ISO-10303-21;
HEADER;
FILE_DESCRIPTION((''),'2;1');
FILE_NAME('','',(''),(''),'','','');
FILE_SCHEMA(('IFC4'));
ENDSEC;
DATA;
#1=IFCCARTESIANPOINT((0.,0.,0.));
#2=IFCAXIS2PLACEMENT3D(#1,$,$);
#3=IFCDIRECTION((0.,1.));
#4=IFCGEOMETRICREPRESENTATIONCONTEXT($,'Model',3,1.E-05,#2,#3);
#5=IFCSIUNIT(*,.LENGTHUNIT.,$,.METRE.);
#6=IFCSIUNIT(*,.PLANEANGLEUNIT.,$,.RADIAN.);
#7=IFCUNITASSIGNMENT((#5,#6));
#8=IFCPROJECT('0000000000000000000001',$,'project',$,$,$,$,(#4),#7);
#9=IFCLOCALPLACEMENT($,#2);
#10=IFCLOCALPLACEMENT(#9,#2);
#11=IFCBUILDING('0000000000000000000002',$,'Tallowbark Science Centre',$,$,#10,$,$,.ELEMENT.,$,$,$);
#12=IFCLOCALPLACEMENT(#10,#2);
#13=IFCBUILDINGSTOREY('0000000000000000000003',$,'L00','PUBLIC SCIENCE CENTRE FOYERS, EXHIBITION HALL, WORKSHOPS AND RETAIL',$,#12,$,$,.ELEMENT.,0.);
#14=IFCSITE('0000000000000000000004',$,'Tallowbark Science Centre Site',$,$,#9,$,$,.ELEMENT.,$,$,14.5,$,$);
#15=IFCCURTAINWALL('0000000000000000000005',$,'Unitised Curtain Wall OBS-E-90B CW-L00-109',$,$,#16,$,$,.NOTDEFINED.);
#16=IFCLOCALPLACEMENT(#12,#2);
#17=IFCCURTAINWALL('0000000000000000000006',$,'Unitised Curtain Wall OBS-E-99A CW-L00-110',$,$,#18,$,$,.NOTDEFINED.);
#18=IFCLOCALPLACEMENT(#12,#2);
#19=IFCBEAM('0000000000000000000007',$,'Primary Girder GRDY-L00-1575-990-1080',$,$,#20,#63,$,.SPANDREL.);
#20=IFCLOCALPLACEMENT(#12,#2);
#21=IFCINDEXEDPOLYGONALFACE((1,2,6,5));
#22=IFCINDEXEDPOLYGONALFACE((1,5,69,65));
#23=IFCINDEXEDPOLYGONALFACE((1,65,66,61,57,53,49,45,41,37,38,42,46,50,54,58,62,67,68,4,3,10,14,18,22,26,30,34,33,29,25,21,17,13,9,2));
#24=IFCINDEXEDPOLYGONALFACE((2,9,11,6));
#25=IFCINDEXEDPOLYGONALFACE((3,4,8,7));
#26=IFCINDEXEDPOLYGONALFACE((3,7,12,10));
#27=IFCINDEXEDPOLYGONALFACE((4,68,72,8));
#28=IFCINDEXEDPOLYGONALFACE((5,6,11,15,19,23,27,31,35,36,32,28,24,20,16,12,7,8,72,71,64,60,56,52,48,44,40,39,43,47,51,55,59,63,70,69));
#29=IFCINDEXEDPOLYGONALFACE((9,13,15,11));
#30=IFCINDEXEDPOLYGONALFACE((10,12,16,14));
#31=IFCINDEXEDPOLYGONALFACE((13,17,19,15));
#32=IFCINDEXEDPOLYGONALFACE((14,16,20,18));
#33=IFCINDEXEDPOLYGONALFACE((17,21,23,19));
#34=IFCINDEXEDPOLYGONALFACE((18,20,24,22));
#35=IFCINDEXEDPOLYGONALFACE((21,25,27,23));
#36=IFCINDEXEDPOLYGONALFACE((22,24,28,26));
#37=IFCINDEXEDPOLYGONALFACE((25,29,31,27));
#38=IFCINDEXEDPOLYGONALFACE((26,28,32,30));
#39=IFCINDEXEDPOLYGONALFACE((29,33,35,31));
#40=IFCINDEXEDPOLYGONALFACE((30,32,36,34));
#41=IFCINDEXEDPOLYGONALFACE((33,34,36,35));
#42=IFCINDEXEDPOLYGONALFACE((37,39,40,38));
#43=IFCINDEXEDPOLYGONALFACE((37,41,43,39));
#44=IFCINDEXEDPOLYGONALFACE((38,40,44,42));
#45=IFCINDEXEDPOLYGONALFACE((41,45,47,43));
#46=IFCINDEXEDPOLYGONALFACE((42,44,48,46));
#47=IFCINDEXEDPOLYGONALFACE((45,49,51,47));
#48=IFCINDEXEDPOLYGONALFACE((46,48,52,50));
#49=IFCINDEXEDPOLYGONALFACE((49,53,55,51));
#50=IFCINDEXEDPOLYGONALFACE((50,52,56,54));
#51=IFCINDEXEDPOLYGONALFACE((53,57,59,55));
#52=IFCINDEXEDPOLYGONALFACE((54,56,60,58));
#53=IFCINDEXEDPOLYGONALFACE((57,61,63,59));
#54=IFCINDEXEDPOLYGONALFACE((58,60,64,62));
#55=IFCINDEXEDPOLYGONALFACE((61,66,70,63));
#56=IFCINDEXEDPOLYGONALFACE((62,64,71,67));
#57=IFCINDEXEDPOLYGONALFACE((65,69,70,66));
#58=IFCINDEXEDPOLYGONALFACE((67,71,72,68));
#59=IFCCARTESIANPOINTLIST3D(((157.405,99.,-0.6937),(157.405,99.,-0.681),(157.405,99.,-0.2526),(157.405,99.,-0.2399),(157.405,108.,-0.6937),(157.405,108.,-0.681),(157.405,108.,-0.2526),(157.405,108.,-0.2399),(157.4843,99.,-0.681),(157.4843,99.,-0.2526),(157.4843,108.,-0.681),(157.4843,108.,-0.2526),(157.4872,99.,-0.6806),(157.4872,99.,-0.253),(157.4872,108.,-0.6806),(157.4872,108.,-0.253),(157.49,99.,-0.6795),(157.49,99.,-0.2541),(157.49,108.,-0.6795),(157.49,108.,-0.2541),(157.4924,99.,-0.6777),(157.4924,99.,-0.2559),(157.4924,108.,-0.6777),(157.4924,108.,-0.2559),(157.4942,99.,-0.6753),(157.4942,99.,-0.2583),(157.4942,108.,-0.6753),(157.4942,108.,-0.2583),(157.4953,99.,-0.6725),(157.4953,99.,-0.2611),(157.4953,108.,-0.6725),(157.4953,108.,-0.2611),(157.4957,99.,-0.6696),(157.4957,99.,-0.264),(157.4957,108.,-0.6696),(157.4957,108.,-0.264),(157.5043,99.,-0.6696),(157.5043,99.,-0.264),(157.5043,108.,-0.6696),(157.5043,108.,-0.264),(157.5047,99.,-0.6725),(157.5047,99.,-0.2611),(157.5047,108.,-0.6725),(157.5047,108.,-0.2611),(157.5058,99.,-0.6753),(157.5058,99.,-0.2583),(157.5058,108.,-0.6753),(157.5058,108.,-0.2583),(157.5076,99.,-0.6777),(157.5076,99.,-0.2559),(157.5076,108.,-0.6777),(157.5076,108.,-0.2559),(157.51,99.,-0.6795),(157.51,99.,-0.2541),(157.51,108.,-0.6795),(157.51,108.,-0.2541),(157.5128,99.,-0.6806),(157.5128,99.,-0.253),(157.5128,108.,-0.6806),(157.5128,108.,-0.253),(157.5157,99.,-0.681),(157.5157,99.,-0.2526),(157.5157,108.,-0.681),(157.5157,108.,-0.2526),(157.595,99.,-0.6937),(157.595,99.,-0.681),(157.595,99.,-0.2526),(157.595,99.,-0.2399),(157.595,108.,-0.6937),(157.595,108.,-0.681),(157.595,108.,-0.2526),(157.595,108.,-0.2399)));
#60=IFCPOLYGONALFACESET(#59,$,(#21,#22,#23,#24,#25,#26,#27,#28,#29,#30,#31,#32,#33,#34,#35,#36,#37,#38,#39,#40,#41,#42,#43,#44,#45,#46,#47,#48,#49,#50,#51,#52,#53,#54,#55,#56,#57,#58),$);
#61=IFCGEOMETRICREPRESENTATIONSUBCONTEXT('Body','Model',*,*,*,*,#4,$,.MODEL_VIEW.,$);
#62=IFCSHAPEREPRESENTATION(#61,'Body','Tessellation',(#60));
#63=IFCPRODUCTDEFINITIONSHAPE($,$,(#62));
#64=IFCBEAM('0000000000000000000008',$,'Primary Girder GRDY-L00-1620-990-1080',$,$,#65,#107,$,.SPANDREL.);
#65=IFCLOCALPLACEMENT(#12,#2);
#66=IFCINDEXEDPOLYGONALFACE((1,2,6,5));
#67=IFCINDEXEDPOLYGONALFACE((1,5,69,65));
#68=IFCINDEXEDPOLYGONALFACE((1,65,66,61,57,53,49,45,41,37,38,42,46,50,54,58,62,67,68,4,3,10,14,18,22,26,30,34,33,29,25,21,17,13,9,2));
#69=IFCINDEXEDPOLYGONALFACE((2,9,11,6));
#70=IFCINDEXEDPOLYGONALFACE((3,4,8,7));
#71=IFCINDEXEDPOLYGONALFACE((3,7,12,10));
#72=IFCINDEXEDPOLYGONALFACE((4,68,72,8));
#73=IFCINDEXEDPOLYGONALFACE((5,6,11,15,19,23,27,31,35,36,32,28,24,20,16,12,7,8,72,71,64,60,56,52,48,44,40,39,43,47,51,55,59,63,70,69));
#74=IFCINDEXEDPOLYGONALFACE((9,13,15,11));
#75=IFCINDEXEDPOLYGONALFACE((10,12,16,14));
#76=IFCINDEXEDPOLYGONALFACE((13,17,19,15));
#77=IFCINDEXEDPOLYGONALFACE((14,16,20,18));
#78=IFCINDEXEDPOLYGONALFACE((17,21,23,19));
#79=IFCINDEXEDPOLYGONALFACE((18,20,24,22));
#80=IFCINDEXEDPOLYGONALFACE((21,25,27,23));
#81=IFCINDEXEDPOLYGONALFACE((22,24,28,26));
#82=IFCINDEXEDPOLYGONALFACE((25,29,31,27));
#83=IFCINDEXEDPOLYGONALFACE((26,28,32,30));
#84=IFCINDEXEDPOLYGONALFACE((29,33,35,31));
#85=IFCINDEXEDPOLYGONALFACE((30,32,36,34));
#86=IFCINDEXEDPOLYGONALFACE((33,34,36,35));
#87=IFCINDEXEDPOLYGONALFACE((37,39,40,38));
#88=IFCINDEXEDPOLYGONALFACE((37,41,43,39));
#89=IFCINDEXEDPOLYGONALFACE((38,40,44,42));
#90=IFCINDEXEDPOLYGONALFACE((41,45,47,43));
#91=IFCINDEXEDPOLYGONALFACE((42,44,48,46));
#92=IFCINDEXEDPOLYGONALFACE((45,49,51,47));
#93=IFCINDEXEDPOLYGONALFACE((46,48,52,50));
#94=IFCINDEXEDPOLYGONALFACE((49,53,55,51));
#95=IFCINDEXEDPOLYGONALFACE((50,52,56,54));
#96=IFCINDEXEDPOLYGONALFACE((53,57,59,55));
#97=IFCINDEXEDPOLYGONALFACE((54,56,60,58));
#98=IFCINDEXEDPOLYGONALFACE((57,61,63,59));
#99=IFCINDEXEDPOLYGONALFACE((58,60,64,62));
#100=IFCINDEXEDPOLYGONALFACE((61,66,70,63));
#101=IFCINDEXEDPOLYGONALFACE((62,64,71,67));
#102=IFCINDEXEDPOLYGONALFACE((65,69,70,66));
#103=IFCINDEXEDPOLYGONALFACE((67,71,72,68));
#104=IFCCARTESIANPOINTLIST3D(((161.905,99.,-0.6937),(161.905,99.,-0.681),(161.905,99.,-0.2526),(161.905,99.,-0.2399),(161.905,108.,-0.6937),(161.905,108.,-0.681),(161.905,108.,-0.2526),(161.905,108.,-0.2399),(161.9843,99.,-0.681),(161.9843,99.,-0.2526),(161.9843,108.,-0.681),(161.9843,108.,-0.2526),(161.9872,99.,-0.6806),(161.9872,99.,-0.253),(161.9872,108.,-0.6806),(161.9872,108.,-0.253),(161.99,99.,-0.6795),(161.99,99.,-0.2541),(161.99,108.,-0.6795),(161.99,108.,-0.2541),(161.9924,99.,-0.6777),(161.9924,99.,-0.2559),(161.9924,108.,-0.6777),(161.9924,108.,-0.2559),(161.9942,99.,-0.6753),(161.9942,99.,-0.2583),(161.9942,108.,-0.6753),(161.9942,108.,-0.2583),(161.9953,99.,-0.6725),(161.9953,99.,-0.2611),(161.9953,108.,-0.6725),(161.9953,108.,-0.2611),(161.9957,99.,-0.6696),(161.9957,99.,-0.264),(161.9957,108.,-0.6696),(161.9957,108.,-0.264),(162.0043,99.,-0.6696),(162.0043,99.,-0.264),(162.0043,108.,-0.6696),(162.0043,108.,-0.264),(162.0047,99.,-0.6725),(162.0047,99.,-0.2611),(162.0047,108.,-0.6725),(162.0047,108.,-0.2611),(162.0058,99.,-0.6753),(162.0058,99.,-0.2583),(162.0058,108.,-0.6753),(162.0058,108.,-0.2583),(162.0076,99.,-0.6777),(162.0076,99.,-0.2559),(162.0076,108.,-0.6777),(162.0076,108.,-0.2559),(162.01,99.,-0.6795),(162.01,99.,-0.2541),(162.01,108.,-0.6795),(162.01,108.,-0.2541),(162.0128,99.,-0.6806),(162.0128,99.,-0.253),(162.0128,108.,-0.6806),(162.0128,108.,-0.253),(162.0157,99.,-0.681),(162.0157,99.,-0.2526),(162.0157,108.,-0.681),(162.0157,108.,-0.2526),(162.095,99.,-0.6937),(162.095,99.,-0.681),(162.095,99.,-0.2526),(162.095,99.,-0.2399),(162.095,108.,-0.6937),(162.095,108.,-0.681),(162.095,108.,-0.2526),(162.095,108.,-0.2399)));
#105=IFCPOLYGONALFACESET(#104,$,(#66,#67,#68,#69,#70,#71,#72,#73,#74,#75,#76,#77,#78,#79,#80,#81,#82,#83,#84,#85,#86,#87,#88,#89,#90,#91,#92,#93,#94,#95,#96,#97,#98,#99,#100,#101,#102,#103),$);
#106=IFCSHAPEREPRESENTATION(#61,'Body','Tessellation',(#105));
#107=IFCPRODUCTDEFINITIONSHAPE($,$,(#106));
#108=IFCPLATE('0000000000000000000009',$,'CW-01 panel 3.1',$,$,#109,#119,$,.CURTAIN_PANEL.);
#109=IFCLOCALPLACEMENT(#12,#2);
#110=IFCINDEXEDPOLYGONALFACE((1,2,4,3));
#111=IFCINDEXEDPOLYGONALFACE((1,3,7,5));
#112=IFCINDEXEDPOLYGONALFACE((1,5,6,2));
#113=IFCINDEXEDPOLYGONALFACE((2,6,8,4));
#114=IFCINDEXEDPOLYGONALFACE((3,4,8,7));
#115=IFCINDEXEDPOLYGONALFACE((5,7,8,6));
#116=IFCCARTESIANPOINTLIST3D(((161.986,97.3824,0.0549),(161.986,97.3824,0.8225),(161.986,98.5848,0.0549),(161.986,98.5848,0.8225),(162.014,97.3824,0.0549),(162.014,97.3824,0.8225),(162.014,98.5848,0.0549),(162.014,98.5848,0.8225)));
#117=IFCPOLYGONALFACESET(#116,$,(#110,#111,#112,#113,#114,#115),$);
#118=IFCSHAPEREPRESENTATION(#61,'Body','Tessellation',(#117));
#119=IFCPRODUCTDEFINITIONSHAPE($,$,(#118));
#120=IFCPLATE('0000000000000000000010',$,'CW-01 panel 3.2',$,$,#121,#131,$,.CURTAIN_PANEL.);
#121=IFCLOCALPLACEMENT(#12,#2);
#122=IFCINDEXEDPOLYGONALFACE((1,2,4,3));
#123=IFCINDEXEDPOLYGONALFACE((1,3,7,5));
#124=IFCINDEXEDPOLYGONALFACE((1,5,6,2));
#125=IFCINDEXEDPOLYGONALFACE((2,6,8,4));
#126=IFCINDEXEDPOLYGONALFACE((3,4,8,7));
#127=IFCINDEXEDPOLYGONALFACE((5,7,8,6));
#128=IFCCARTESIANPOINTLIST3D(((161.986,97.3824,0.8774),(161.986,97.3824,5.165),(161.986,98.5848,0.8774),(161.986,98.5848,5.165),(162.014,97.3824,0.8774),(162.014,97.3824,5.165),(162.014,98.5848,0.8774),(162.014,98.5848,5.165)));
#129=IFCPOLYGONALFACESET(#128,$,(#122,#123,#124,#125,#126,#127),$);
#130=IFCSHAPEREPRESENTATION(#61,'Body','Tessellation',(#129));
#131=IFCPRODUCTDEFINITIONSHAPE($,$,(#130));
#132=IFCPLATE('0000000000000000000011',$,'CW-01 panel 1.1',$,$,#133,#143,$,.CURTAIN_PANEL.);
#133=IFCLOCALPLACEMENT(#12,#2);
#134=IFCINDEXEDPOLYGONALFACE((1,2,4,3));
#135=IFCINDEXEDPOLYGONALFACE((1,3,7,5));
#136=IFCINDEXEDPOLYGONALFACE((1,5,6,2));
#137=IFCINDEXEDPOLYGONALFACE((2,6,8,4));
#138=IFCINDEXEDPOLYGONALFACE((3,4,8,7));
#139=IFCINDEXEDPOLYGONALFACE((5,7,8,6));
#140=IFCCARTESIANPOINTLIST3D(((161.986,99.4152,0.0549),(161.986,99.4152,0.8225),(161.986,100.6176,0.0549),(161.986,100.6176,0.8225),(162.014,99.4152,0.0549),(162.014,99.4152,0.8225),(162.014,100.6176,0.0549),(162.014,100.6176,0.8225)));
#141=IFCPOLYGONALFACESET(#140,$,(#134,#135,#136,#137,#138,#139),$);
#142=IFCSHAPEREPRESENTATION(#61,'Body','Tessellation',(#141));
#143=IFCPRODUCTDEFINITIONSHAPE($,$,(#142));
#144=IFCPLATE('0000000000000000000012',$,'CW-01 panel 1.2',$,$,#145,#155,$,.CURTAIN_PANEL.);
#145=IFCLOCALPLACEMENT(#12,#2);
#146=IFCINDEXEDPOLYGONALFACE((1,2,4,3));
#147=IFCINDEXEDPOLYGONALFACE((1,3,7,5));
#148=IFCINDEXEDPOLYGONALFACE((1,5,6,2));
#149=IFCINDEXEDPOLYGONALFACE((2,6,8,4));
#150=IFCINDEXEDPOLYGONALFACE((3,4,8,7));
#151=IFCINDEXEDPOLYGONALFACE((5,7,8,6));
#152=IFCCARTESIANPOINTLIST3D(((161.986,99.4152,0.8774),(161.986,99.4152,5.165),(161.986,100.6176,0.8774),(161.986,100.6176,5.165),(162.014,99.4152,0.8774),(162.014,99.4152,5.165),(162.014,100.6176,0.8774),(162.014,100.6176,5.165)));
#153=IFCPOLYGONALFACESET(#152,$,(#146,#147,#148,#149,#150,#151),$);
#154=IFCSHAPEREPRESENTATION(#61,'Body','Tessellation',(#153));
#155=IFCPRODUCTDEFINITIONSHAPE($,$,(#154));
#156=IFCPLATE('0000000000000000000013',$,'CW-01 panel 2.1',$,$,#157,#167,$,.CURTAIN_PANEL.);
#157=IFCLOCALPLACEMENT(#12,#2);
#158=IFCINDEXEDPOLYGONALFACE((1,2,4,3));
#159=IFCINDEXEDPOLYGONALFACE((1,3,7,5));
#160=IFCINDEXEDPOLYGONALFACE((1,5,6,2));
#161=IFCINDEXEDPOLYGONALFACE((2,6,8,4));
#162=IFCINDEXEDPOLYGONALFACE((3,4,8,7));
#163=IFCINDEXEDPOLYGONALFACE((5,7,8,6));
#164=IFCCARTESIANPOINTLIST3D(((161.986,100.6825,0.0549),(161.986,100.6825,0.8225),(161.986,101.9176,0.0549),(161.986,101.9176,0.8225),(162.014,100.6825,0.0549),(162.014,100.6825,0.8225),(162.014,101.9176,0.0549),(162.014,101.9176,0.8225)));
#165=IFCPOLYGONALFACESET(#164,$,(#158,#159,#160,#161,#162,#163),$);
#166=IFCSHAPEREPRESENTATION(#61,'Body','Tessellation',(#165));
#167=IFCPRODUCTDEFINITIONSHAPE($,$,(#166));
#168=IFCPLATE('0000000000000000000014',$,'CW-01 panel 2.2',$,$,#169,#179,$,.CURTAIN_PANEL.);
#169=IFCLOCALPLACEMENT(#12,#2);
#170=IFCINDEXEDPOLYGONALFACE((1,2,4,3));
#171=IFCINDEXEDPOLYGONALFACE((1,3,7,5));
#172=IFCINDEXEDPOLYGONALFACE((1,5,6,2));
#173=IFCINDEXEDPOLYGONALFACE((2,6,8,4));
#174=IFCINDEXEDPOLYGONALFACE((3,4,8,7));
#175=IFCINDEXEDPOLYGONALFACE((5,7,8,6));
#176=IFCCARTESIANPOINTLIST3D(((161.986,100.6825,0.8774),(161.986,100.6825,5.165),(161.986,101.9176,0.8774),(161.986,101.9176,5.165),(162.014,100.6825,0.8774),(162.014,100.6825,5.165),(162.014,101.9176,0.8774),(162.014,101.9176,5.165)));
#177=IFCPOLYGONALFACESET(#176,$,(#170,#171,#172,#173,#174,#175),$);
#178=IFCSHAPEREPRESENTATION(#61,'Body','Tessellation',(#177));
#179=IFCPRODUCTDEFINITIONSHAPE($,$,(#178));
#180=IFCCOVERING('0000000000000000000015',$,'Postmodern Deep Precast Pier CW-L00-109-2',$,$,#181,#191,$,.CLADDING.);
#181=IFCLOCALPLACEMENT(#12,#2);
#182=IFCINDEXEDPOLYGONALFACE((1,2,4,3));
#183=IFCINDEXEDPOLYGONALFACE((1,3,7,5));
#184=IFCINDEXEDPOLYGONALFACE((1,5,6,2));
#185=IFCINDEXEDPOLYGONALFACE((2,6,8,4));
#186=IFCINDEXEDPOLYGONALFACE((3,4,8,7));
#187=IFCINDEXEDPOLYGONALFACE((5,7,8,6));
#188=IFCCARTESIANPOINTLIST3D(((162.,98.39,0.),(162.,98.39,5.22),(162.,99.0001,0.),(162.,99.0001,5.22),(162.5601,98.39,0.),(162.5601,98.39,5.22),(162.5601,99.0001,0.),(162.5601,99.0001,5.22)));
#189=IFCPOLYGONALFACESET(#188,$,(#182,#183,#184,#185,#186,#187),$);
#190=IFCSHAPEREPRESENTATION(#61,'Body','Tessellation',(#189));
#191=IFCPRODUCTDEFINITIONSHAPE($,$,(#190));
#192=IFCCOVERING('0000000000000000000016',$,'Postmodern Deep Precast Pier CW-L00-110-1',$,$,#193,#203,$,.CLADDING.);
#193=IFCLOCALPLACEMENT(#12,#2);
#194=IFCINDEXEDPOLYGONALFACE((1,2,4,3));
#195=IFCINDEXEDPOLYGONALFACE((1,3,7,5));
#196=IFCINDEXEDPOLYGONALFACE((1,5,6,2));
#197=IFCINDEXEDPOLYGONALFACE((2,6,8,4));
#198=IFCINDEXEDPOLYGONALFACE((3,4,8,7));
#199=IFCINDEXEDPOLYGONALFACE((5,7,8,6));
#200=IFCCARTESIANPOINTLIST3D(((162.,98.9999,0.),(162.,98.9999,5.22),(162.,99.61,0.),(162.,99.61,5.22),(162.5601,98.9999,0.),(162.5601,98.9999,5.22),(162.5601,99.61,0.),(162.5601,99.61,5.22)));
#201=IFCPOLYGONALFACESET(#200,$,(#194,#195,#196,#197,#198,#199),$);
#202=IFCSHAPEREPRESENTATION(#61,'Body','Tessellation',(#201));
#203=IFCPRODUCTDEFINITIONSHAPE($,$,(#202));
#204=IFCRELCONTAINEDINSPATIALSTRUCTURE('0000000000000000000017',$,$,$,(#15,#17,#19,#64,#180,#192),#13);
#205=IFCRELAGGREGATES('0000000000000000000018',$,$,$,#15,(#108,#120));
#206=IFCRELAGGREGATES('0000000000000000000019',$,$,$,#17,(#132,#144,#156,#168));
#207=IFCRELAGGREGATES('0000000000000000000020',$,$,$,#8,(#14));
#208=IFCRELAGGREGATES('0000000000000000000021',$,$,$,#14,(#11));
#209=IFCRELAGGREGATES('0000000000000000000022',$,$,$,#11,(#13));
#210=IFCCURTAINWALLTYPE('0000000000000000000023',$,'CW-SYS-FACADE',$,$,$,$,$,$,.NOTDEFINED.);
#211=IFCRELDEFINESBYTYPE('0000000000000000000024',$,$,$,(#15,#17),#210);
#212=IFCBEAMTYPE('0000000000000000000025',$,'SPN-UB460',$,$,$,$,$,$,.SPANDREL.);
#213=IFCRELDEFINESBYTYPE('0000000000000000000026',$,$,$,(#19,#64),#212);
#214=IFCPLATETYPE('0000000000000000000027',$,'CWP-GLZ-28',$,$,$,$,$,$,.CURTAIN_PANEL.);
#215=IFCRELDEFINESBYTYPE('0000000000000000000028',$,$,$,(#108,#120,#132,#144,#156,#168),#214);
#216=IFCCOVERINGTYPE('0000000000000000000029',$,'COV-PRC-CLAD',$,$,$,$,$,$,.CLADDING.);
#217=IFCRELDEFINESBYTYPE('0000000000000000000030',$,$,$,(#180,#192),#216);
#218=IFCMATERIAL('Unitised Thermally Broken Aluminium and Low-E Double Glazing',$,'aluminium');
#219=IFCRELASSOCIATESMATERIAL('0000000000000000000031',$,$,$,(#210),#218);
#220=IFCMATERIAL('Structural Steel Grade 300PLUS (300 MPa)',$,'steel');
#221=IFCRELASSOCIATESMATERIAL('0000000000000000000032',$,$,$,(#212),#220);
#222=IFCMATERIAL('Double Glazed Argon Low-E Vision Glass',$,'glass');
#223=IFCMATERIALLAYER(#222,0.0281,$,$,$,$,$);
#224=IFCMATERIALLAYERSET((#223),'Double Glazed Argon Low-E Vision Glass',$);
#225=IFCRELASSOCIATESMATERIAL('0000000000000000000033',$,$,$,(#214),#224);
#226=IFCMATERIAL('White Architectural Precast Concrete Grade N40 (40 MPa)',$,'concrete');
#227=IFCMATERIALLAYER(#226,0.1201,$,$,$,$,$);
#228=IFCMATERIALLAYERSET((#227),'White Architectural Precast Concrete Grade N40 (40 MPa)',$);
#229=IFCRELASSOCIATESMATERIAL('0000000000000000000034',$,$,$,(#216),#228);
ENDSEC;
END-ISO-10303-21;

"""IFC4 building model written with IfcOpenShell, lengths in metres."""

from ifc_helpers import new_model, si_unit, direction, frame, origin, origin_2d, place, context, subcontext, project, spatial, rectangle, i_section, extrude, material, layer, layer_set, material_profile, profile_set, type_object, element, aggregate, save


model = new_model("IFC4")

# Units and contexts
model_context = context("Model", 3, precision=1e-05, world=origin(), true_north=direction((0.0, 1.0)))
body_context = subcontext(model_context, "Body", "Model", "MODEL_VIEW")
ifc_project = project(units=[si_unit("LENGTHUNIT", "METRE"), si_unit("PLANEANGLEUNIT", "RADIAN")], contexts=[model_context])

# Site, building, storey
site_placement = place(None, origin())
site = spatial("IfcSite", under=ifc_project, at=site_placement, Name="Tallowbark Science Centre Site", CompositionType="ELEMENT", RefElevation=14.5)
building_placement = place(site_placement, origin())
building = spatial("IfcBuilding", under=site, at=building_placement, Name="Tallowbark Science Centre", CompositionType="ELEMENT")
storey_placement = place(building_placement, origin())
storey = spatial("IfcBuildingStorey", under=building, at=storey_placement, Name="L00", Description="PUBLIC SCIENCE CENTRE FOYERS, EXHIBITION HALL, WORKSHOPS AND RETAIL", CompositionType="ELEMENT", Elevation=0.0)

# Shared definitions
ifc_material_1 = material(Name="Structural Steel Grade 300PLUS (300 MPa)", Category="steel")

# Curtain walls
ifc_material_2 = material(Name="Unitised Thermally Broken Aluminium and Low-E Double Glazing", Category="aluminium")
curtain_wall_type = type_object("IfcCurtainWallType", Name="CW-SYS-FACADE", PredefinedType="NOTDEFINED", material=ifc_material_2)
curtain_wall_1_placement = place(storey_placement, origin())
curtain_wall_1 = element("IfcCurtainWall", 1, at=curtain_wall_1_placement, inside=storey, type_object=curtain_wall_type, Name="Unitised Curtain Wall OBS-E-90B CW-L00-109", PredefinedType="NOTDEFINED")
curtain_wall_2_placement = place(storey_placement, origin())
curtain_wall_2 = element("IfcCurtainWall", 2, at=curtain_wall_2_placement, inside=storey, type_object=curtain_wall_type, Name="Unitised Curtain Wall OBS-E-99A CW-L00-110", PredefinedType="NOTDEFINED")

# Beams
ifc_material_profile_1 = material_profile(ifc_material_1, i_section(OverallWidth=0.1899, OverallDepth=0.4539, WebThickness=0.0085, FlangeThickness=0.0127, FilletRadius=0.0115, at=origin_2d()), Name="460UB67.1")
ifc_profile_set_1 = profile_set([ifc_material_profile_1], Name="Structural Steel Grade 300PLUS (300 MPa)")
beam_type_1 = type_object("IfcBeamType", Name="SPN-UB460", PredefinedType="SPANDREL", material=ifc_profile_set_1)
for number, where, z_axis, x_axis, name in (
    (3, (157.5, 99.0, -0.4668), (0.0, 1.0, 0.0), (-1.0, 0.0, 0.0), "Primary Girder GRDY-L00-1575-990-1080"),
    (4, (162.0, 99.0, -0.4668), (0.0, 1.0, 0.0), (-1.0, 0.0, 0.0), "Primary Girder GRDY-L00-1620-990-1080"),
):
    element("IfcBeam", number, at=place(storey_placement, frame(where, z_axis=z_axis, x_axis=x_axis)), inside=storey, type_object=beam_type_1, Name=name, PredefinedType="SPANDREL", context=body_context, shape_type="SweptSolid", body=[
        extrude(i_section(OverallWidth=0.1899, OverallDepth=0.4539, WebThickness=0.0085, FlangeThickness=0.0127, FilletRadius=0.0115, at=origin_2d()), origin(), (0.0, 0.0, 1.0), 9.0),
    ])

# Plates
ifc_material_3 = material(Name="Double Glazed Argon Low-E Vision Glass", Category="glass")
ifc_layer_1 = layer(ifc_material_3, 0.0281)
ifc_layer_set_1 = layer_set([ifc_layer_1], Name="Double Glazed Argon Low-E Vision Glass")
plate_type = type_object("IfcPlateType", Name="CWP-GLZ-28", PredefinedType="CURTAIN_PANEL", material=ifc_layer_set_1)
plate_1_placement = place(storey_placement, frame((162.0, 97.9836, 0.0549), z_axis=(0.0, 0.0, 1.0), x_axis=(0.0, 1.0, 0.0)))
plate_1 = element("IfcPlate", 5, at=plate_1_placement, type_object=plate_type, Name="CW-01 panel 3.1", PredefinedType="CURTAIN_PANEL", context=body_context, shape_type="SweptSolid", body=[
    extrude(rectangle(XDim=1.2024, YDim=0.0281, at=origin_2d()), origin(), (0.0, 0.0, 1.0), 0.7676),
])
plate_2_placement = place(storey_placement, frame((162.0, 97.9836, 0.8774), z_axis=(0.0, 0.0, 1.0), x_axis=(0.0, 1.0, 0.0)))
plate_2 = element("IfcPlate", 6, at=plate_2_placement, type_object=plate_type, Name="CW-01 panel 3.2", PredefinedType="CURTAIN_PANEL", context=body_context, shape_type="SweptSolid", body=[
    extrude(rectangle(XDim=1.2024, YDim=0.0281, at=origin_2d()), origin(), (0.0, 0.0, 1.0), 4.2876),
])
aggregate(curtain_wall_1, [plate_1, plate_2])
plate_3_placement = place(storey_placement, frame((162.0, 100.0164, 0.0549), z_axis=(0.0, 0.0, 1.0), x_axis=(0.0, 1.0, 0.0)))
plate_3 = element("IfcPlate", 7, at=plate_3_placement, type_object=plate_type, Name="CW-01 panel 1.1", PredefinedType="CURTAIN_PANEL", context=body_context, shape_type="SweptSolid", body=[
    extrude(rectangle(XDim=1.2024, YDim=0.0281, at=origin_2d()), origin(), (0.0, 0.0, 1.0), 0.7676),
])
plate_4_placement = place(storey_placement, frame((162.0, 100.0164, 0.8774), z_axis=(0.0, 0.0, 1.0), x_axis=(0.0, 1.0, 0.0)))
plate_4 = element("IfcPlate", 8, at=plate_4_placement, type_object=plate_type, Name="CW-01 panel 1.2", PredefinedType="CURTAIN_PANEL", context=body_context, shape_type="SweptSolid", body=[
    extrude(rectangle(XDim=1.2024, YDim=0.0281, at=origin_2d()), origin(), (0.0, 0.0, 1.0), 4.2876),
])
plate_5_placement = place(storey_placement, frame((162.0, 101.3, 0.0549), z_axis=(0.0, 0.0, 1.0), x_axis=(0.0, 1.0, 0.0)))
plate_5 = element("IfcPlate", 9, at=plate_5_placement, type_object=plate_type, Name="CW-01 panel 2.1", PredefinedType="CURTAIN_PANEL", context=body_context, shape_type="SweptSolid", body=[
    extrude(rectangle(XDim=1.2351, YDim=0.0281, at=origin_2d()), origin(), (0.0, 0.0, 1.0), 0.7676),
])
plate_6_placement = place(storey_placement, frame((162.0, 101.3, 0.8774), z_axis=(0.0, 0.0, 1.0), x_axis=(0.0, 1.0, 0.0)))
plate_6 = element("IfcPlate", 10, at=plate_6_placement, type_object=plate_type, Name="CW-01 panel 2.2", PredefinedType="CURTAIN_PANEL", context=body_context, shape_type="SweptSolid", body=[
    extrude(rectangle(XDim=1.2351, YDim=0.0281, at=origin_2d()), origin(), (0.0, 0.0, 1.0), 4.2876),
])
aggregate(curtain_wall_2, [plate_3, plate_4, plate_5, plate_6])

# Coverings
ifc_material_4 = material(Name="White Architectural Precast Concrete Grade N40 (40 MPa)", Category="concrete")
ifc_layer_2 = layer(ifc_material_4, 0.1201)
ifc_layer_set_2 = layer_set([ifc_layer_2], Name="White Architectural Precast Concrete Grade N40 (40 MPa)")
covering_type_1 = type_object("IfcCoveringType", Name="COV-PRC-CLAD", PredefinedType="CLADDING", material=ifc_layer_set_2)
for number, where, z_axis, x_axis, name in (
    (11, (162.28, 98.6951, 0.0), (0.0, 0.0, 1.0), (0.0, 1.0, 0.0), "Postmodern Deep Precast Pier CW-L00-109-2"),
    (12, (162.28, 99.3049, 0.0), (0.0, 0.0, 1.0), (0.0, 1.0, 0.0), "Postmodern Deep Precast Pier CW-L00-110-1"),
):
    element("IfcCovering", number, at=place(storey_placement, frame(where, z_axis=z_axis, x_axis=x_axis)), inside=storey, type_object=covering_type_1, Name=name, PredefinedType="CLADDING", context=body_context, shape_type="SweptSolid", body=[
        extrude(rectangle(XDim=0.6101, YDim=0.5601, at=origin_2d()), origin(), (0.0, 0.0, 1.0), 5.22),
    ])

save(model, "model.ifc")
